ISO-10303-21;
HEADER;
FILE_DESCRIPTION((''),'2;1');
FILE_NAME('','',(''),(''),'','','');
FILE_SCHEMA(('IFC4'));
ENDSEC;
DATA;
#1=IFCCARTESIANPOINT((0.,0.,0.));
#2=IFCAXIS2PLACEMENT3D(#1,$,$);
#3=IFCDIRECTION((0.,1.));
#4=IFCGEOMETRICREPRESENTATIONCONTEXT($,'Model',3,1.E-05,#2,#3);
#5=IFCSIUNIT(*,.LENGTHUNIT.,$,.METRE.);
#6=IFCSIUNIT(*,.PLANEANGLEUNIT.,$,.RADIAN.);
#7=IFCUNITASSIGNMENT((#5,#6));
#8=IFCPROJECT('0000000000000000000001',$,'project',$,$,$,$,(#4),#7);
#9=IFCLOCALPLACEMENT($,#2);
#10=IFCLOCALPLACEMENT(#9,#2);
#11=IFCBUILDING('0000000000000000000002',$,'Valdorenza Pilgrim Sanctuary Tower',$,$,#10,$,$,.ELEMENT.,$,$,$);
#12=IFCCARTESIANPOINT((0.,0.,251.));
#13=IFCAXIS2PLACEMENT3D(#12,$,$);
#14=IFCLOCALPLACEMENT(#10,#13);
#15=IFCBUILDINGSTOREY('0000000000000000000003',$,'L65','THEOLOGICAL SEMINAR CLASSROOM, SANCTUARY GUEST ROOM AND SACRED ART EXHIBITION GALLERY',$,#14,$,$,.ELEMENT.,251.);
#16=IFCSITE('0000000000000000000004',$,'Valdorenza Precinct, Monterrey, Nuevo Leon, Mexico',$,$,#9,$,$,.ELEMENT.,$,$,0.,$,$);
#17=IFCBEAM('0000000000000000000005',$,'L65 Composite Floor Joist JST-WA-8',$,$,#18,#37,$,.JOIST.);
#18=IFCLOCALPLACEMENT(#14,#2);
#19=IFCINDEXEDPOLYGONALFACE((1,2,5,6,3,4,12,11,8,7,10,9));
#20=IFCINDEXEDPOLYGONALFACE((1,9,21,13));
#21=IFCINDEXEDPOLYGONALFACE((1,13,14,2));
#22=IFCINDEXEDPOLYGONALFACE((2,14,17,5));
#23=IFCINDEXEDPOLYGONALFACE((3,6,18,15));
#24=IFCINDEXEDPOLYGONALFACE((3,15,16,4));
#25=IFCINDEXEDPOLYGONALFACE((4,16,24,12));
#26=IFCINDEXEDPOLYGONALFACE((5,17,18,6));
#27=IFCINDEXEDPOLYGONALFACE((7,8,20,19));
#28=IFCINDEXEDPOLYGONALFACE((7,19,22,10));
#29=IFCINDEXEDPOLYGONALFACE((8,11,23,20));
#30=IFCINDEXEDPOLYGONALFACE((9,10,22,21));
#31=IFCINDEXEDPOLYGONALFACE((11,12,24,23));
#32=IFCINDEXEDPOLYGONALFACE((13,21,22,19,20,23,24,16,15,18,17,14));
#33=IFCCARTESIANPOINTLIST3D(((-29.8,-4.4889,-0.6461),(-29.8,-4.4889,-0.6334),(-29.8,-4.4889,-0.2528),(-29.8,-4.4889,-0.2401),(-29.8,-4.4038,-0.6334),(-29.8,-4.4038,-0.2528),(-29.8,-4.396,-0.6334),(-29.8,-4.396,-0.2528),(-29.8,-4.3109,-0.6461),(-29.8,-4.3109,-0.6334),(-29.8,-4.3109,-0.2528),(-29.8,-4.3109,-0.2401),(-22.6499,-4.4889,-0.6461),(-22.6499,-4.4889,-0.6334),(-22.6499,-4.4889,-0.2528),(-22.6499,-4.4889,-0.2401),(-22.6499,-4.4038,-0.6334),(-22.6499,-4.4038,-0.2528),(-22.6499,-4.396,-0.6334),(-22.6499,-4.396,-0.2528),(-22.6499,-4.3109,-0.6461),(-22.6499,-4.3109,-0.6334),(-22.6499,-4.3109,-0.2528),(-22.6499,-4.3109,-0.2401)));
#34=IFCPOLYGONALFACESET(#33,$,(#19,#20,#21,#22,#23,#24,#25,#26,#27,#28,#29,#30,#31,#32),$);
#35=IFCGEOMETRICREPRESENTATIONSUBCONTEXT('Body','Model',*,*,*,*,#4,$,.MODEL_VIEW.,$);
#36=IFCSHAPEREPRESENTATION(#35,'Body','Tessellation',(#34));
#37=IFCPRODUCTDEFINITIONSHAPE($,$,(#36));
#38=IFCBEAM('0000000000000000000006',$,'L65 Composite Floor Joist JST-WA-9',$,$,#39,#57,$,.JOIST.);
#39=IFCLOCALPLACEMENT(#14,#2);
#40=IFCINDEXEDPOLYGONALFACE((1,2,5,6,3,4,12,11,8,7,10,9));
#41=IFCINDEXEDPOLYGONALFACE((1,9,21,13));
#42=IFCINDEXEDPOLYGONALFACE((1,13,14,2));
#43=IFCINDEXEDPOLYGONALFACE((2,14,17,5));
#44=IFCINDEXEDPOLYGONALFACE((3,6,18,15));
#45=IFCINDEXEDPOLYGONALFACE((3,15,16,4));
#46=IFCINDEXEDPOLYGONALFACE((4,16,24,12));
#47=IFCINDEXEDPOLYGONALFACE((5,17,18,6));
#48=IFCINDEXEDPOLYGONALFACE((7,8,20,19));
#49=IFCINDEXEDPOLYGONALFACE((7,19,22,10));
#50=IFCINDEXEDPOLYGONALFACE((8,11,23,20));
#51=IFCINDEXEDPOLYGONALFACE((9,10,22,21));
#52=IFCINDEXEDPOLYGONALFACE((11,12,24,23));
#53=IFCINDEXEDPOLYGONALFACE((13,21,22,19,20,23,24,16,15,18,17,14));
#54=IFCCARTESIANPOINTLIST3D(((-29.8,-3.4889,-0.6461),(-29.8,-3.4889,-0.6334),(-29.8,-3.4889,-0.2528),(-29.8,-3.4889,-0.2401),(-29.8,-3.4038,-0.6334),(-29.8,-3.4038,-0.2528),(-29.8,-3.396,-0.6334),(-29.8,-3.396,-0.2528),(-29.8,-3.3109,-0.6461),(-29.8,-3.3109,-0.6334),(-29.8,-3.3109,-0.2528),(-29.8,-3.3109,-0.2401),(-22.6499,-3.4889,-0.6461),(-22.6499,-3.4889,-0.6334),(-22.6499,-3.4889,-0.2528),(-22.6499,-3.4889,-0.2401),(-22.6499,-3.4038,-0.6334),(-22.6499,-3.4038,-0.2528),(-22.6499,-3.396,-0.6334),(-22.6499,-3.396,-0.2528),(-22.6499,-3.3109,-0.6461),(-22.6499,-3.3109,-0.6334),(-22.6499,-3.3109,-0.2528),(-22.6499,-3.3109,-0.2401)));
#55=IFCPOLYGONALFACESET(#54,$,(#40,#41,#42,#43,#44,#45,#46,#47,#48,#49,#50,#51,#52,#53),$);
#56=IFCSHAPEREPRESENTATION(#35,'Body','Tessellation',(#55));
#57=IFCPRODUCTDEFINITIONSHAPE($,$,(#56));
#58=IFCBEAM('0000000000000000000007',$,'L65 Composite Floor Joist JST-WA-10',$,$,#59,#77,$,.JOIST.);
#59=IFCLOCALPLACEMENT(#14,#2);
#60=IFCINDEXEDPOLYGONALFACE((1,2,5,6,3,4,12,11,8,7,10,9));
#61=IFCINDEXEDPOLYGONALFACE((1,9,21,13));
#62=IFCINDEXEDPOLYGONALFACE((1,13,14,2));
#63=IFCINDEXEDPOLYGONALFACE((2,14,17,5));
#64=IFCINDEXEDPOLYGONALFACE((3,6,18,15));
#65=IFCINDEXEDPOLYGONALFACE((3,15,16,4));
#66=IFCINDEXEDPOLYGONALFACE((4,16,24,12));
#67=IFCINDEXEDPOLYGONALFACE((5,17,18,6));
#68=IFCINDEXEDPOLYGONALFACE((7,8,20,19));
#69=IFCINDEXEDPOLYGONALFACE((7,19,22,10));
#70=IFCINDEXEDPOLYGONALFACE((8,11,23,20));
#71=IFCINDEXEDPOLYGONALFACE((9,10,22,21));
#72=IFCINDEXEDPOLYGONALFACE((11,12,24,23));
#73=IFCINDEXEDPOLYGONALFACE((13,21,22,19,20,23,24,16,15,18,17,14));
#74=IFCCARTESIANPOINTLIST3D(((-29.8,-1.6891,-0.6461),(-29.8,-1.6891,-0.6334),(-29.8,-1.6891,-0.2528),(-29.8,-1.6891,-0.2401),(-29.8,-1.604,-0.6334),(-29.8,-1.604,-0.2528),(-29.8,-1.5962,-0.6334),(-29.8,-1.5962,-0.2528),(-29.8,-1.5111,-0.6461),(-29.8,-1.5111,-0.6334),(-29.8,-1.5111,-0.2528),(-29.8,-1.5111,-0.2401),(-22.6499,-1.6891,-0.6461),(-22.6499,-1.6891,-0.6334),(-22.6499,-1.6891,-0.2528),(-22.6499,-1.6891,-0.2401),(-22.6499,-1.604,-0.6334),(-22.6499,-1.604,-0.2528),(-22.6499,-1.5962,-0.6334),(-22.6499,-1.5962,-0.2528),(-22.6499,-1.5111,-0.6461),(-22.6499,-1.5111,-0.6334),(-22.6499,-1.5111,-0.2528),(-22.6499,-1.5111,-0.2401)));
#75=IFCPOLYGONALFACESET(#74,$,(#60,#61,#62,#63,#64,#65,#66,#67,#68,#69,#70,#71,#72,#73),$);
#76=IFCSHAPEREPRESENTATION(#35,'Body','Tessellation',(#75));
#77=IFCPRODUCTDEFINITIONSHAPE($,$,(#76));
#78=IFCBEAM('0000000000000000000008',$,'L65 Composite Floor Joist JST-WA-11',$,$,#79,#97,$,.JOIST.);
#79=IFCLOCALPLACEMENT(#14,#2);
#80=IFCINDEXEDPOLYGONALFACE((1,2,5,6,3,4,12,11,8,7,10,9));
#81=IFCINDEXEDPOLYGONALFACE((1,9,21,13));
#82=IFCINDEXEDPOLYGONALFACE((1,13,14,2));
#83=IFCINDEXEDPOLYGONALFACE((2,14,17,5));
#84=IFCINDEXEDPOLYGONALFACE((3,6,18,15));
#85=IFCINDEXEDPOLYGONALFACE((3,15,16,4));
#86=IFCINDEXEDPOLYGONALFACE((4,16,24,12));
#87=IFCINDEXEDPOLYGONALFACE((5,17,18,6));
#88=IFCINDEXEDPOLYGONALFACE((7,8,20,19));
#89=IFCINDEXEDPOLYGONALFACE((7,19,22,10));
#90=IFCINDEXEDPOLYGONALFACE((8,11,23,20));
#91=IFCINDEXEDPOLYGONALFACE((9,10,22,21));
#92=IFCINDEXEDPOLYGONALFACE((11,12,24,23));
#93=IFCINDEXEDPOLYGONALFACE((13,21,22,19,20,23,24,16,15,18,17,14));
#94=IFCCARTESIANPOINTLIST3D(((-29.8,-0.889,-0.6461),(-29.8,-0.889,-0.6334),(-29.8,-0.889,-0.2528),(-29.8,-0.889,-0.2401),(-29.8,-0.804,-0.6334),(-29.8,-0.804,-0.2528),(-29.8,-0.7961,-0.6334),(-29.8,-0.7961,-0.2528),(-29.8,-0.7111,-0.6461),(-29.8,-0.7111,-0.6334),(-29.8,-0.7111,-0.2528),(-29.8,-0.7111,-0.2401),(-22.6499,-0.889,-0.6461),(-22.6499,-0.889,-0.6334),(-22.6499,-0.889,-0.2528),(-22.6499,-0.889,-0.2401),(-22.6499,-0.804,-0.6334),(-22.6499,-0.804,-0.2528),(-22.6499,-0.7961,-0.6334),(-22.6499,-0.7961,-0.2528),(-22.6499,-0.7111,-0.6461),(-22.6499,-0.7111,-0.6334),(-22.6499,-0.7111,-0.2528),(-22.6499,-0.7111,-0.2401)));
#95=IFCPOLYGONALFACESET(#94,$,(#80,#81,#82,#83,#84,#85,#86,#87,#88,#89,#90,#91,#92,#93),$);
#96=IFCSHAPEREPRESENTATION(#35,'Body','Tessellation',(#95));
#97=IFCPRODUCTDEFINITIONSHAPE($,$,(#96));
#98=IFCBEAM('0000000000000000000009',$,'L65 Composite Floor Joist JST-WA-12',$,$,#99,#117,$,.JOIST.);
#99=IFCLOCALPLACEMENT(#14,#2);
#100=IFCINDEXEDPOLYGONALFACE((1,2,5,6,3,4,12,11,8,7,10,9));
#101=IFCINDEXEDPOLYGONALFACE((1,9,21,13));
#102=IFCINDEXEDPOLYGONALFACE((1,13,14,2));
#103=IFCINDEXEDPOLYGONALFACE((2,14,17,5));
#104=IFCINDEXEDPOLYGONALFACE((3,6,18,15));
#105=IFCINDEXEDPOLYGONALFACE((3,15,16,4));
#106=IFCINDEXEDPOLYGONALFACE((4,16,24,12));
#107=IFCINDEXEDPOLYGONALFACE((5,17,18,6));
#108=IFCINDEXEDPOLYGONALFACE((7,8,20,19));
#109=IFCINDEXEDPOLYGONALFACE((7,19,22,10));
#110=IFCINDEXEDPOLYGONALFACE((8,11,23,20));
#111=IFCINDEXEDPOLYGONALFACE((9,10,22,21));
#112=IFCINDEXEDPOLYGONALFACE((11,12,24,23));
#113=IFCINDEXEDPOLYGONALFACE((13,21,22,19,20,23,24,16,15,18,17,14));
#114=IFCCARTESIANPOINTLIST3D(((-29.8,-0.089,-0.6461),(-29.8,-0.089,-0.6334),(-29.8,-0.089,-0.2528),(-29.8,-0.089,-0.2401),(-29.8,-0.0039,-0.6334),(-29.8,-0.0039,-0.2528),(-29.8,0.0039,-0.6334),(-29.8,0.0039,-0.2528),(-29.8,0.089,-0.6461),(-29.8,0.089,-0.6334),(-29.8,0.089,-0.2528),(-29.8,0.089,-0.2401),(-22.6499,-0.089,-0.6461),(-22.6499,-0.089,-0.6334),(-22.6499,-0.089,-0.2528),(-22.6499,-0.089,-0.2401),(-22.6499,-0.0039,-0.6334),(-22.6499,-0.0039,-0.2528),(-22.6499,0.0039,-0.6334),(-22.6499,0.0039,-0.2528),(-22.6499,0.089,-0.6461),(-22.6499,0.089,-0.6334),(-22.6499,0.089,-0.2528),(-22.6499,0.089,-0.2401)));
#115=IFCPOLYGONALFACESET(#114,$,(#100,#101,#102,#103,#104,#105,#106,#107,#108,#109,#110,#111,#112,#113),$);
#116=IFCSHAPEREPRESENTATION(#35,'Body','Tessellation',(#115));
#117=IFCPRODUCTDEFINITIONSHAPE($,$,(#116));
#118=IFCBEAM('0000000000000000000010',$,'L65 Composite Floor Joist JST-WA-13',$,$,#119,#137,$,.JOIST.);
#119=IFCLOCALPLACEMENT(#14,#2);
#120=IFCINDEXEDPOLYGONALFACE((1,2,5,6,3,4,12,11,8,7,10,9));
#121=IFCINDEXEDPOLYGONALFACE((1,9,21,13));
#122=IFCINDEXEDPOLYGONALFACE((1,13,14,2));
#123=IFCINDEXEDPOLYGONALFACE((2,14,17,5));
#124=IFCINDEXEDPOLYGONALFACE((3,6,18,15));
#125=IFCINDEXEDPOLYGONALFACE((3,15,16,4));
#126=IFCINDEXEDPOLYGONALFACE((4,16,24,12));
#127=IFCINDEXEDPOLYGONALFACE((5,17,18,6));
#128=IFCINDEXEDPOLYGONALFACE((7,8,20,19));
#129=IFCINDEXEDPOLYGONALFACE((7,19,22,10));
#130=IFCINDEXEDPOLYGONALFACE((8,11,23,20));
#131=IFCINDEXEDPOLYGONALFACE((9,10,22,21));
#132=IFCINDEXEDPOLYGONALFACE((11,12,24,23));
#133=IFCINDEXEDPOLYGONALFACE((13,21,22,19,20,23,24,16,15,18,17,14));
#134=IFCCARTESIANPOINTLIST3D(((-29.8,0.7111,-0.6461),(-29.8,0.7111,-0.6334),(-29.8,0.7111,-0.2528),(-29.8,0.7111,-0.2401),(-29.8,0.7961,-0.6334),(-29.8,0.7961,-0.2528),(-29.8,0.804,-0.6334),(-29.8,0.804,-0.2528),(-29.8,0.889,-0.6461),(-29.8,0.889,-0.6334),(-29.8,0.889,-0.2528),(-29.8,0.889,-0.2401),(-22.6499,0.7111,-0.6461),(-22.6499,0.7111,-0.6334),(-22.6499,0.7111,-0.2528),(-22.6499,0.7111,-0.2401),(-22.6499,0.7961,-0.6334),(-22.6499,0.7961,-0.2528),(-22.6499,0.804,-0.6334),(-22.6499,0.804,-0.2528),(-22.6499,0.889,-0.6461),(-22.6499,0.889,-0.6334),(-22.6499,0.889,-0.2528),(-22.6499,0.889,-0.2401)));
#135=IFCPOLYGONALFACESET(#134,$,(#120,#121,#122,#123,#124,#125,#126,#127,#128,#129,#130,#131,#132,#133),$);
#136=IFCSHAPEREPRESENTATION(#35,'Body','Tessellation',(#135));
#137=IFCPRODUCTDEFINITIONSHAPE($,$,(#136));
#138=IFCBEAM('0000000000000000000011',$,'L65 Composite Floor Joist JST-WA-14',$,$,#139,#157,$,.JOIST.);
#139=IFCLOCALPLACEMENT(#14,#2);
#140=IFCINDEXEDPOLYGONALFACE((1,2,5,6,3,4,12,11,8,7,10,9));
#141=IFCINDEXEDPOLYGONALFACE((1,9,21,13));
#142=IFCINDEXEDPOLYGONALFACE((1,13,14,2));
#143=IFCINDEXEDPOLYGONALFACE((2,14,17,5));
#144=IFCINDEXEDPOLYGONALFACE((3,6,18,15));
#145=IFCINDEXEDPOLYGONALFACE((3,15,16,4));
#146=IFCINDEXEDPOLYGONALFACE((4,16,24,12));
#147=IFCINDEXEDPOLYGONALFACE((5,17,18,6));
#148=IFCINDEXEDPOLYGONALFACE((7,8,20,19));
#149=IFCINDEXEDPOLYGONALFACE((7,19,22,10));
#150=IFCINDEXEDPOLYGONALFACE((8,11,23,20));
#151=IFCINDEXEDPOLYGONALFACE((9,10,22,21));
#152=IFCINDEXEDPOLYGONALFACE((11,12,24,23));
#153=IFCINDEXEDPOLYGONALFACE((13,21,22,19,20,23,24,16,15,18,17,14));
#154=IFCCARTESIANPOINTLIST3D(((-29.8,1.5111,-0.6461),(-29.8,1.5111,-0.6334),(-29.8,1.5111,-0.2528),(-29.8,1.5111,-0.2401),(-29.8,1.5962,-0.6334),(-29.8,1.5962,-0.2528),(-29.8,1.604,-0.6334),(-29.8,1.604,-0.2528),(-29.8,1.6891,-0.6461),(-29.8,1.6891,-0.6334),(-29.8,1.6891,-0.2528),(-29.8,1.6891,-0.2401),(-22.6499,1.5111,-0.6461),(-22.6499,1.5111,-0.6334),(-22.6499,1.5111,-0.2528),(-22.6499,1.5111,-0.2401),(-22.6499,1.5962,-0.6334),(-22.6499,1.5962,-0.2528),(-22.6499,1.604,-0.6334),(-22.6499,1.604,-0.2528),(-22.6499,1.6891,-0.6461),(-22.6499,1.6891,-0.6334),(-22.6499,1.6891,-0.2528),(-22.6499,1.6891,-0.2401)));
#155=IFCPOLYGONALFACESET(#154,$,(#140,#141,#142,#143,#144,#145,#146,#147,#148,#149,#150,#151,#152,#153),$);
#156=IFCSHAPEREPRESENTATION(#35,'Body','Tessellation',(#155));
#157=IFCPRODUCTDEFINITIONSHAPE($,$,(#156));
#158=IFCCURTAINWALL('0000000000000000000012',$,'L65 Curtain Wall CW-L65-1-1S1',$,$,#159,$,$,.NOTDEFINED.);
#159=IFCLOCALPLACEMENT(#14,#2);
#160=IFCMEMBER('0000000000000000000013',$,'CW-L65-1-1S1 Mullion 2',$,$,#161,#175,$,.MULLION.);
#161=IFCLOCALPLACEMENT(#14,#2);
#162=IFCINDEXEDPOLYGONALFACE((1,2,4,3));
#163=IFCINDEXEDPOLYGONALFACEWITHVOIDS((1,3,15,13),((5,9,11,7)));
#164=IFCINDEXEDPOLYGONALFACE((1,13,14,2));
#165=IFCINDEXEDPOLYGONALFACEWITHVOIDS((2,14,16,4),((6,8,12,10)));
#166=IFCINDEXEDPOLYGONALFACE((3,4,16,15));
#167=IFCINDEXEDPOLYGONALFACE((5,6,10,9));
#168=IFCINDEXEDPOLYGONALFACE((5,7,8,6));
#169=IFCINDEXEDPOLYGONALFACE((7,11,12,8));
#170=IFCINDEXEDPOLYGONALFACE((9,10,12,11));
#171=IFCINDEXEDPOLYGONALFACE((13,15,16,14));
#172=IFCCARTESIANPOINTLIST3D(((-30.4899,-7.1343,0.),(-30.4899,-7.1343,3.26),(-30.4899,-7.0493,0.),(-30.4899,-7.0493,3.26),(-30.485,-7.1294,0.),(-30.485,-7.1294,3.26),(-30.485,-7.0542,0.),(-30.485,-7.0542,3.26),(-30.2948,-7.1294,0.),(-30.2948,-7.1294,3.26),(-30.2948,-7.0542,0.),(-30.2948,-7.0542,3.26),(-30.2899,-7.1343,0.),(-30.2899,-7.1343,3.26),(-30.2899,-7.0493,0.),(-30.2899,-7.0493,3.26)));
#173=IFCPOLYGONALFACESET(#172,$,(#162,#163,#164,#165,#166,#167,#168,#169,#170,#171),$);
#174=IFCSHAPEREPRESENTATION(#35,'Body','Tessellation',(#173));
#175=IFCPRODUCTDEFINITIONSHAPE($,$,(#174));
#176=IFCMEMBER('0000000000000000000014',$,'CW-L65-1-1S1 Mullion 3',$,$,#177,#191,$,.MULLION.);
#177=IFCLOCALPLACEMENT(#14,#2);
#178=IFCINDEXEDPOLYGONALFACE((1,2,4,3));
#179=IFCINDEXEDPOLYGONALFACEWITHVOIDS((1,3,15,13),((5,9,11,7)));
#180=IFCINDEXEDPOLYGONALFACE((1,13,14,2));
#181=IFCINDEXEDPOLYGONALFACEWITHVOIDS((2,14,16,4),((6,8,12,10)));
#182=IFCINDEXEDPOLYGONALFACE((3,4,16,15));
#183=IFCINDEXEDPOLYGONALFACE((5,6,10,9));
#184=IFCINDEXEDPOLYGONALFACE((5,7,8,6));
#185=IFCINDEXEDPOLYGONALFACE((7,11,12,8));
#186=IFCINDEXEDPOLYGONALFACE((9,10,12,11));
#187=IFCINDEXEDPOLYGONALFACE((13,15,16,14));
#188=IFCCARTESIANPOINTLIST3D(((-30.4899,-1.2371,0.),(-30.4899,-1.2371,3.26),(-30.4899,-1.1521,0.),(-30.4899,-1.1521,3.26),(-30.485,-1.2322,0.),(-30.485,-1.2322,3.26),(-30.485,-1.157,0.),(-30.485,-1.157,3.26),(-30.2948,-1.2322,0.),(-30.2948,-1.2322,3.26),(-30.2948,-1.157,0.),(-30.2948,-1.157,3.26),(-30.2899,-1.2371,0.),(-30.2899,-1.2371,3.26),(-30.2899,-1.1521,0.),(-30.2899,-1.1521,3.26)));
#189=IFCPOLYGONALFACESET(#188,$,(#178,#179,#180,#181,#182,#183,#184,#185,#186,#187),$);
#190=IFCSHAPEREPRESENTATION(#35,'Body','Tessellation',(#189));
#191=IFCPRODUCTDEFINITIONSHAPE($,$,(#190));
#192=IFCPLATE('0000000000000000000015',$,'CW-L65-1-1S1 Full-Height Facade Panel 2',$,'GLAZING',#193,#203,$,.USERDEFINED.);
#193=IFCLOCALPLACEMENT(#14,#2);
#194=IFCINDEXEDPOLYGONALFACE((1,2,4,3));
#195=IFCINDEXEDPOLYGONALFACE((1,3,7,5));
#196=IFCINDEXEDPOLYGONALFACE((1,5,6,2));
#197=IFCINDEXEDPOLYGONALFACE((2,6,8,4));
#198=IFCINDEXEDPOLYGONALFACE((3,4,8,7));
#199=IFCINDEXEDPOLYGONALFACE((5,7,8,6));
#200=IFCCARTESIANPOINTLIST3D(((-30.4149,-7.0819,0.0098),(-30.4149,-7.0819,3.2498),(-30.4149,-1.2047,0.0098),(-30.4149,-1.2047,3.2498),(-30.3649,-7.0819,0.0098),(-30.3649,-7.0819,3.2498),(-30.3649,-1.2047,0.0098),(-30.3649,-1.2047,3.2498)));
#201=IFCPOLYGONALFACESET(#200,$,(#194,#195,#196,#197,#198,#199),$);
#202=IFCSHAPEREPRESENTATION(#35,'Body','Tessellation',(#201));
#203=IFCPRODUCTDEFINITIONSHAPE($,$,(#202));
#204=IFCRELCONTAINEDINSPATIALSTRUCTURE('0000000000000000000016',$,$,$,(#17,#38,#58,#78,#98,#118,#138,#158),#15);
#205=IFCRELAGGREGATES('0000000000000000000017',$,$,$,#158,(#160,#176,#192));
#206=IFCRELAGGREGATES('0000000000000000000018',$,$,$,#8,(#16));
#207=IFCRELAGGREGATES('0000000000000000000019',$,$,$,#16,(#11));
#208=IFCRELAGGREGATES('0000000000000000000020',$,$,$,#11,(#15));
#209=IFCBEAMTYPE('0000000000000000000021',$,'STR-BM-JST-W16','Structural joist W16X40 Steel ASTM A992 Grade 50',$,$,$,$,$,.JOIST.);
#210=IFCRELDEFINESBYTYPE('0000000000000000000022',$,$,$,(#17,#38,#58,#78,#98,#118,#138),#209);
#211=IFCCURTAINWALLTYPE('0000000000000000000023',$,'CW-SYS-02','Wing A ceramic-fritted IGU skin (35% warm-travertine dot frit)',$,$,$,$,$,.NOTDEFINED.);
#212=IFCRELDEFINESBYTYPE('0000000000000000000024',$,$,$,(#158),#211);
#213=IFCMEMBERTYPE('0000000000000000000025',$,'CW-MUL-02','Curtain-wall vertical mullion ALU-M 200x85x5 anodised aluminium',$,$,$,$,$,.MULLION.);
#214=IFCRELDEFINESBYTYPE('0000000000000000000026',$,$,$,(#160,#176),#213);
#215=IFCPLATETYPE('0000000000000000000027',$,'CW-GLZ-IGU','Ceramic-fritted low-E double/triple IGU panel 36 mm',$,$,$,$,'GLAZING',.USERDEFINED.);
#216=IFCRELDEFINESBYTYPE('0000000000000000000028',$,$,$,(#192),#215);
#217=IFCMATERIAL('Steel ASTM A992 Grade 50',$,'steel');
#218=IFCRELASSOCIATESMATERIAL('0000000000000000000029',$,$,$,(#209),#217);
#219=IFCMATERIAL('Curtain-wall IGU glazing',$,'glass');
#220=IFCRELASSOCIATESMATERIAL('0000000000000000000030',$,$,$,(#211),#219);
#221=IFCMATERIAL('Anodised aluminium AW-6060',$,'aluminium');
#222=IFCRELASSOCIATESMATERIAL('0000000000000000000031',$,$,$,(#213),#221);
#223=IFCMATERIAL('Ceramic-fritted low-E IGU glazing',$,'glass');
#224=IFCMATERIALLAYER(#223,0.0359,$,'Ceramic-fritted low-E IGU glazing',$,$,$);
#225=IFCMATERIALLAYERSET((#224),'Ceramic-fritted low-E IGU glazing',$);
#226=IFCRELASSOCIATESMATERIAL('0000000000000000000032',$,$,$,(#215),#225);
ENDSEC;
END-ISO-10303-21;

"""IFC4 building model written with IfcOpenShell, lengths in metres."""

from ifc_helpers import new_model, si_unit, direction, frame, origin, origin_2d, place, context, subcontext, project, spatial, rectangle, hollow_rectangle, i_section, extrude, source, transform, mapped, material, layer, layer_set, material_profile, profile_set, type_object, element, aggregate, save


model = new_model("IFC4")

# Units and contexts
model_context = context("Model", 3, precision=1e-05, world=origin(), true_north=direction((0.0, 1.0)))
body_context = subcontext(model_context, "Body", "Model", "MODEL_VIEW")
ifc_project = project(units=[si_unit("LENGTHUNIT", "METRE"), si_unit("PLANEANGLEUNIT", "RADIAN")], contexts=[model_context])

# Site, building, storey
site_placement = place(None, origin())
site = spatial("IfcSite", under=ifc_project, at=site_placement, Name="Valdorenza Precinct, Monterrey, Nuevo Leon, Mexico", CompositionType="ELEMENT", RefElevation=0.0)
building_placement = place(site_placement, origin())
building = spatial("IfcBuilding", under=site, at=building_placement, Name="Valdorenza Pilgrim Sanctuary Tower", CompositionType="ELEMENT")
storey_placement = place(building_placement, frame((0.0, 0.0, 251.0)))
storey = spatial("IfcBuildingStorey", under=building, at=storey_placement, Name="L65", Description="THEOLOGICAL SEMINAR CLASSROOM, SANCTUARY GUEST ROOM AND SACRED ART EXHIBITION GALLERY", CompositionType="ELEMENT", Elevation=251.0)

# Beams
ifc_material_1 = material(Name="Steel ASTM A992 Grade 50", Category="steel")
ifc_material_profile_1 = material_profile(ifc_material_1, i_section(OverallWidth=0.178, OverallDepth=0.406, WebThickness=0.0078, FlangeThickness=0.0127, at=origin_2d()), Name="W16X40")
ifc_profile_set_1 = profile_set([ifc_material_profile_1], Name="Steel ASTM A992 Grade 50")
beam_type_1 = type_object("IfcBeamType", Name="STR-BM-JST-W16", Description="Structural joist W16X40 Steel ASTM A992 Grade 50", PredefinedType="JOIST", material=ifc_profile_set_1)
shared_shape_1 = source(origin(), body_context, "Body", "SweptSolid", [
    extrude(i_section(OverallWidth=0.178, OverallDepth=0.406, WebThickness=0.0078, FlangeThickness=0.0127, at=origin_2d()), origin(), (0.0, 0.0, 1.0), 7.1501),
])
for number, where, z_axis, x_axis, name in (
    (1, (-29.8, -4.3999, -0.4431), (1.0, 0.0, 0.0), (0.0, 1.0, 0.0), "L65 Composite Floor Joist JST-WA-8"),
    (2, (-29.8, -3.3999, -0.4431), (1.0, 0.0, 0.0), (0.0, 1.0, 0.0), "L65 Composite Floor Joist JST-WA-9"),
    (3, (-29.8, -1.6001, -0.4431), (1.0, 0.0, 0.0), (0.0, 1.0, 0.0), "L65 Composite Floor Joist JST-WA-10"),
    (4, (-29.8, -0.8, -0.4431), (1.0, 0.0, 0.0), (0.0, 1.0, 0.0), "L65 Composite Floor Joist JST-WA-11"),
    (5, (-29.8, 0.0, -0.4431), (1.0, 0.0, 0.0), (0.0, 1.0, 0.0), "L65 Composite Floor Joist JST-WA-12"),
    (6, (-29.8, 0.8, -0.4431), (1.0, 0.0, 0.0), (0.0, 1.0, 0.0), "L65 Composite Floor Joist JST-WA-13"),
    (7, (-29.8, 1.6001, -0.4431), (1.0, 0.0, 0.0), (0.0, 1.0, 0.0), "L65 Composite Floor Joist JST-WA-14"),
):
    element("IfcBeam", number, at=place(storey_placement, frame(where, z_axis=z_axis, x_axis=x_axis)), inside=storey, type_object=beam_type_1, Name=name, PredefinedType="JOIST", context=body_context, shape_type="MappedRepresentation", body=[
        mapped(shared_shape_1, transform((0.0, 0.0, 0.0), x_axis=(1.0, 0.0, 0.0), y_axis=(0.0, 1.0, 0.0), z_axis=(0.0, 0.0, 1.0), scale=1.0)),
    ])

# Curtain wall, members, plate
ifc_material_2 = material(Name="Curtain-wall IGU glazing", Category="glass")
curtain_wall_type = type_object("IfcCurtainWallType", Name="CW-SYS-02", Description="Wing A ceramic-fritted IGU skin (35% warm-travertine dot frit)", PredefinedType="NOTDEFINED", material=ifc_material_2)
curtain_wall_placement = place(storey_placement, origin())
curtain_wall = element("IfcCurtainWall", 8, at=curtain_wall_placement, inside=storey, type_object=curtain_wall_type, Name="L65 Curtain Wall CW-L65-1-1S1", PredefinedType="NOTDEFINED")
ifc_material_3 = material(Name="Anodised aluminium AW-6060", Category="aluminium")
ifc_material_profile_2 = material_profile(ifc_material_3, hollow_rectangle(XDim=0.085, YDim=0.2, WallThickness=0.0049, at=origin_2d()), Name="ALU-M 200x85x5")
ifc_profile_set_2 = profile_set([ifc_material_profile_2], Name="Anodised aluminium AW-6060")
member_type = type_object("IfcMemberType", Name="CW-MUL-02", Description="Curtain-wall vertical mullion ALU-M 200x85x5 anodised aluminium", PredefinedType="MULLION", material=ifc_profile_set_2)
shared_shape_2 = source(origin(), body_context, "Body", "SweptSolid", [
    extrude(hollow_rectangle(XDim=0.085, YDim=0.2, WallThickness=0.0049, at=origin_2d()), origin(), (0.0, 0.0, 1.0), 3.26),
])
member_1_placement = place(storey_placement, frame((-30.3899, -7.0918, 0.0), z_axis=(0.0, 0.0, 1.0), x_axis=(0.0, 1.0, 0.0)))
member_1 = element("IfcMember", 9, at=member_1_placement, type_object=member_type, Name="CW-L65-1-1S1 Mullion 2", PredefinedType="MULLION", context=body_context, shape_type="MappedRepresentation", body=[
    mapped(shared_shape_2, transform((0.0, 0.0, 0.0), x_axis=(1.0, 0.0, 0.0), y_axis=(0.0, 1.0, 0.0), z_axis=(0.0, 0.0, 1.0), scale=1.0)),
])
member_2_placement = place(storey_placement, frame((-30.3899, -1.1946, 0.0), z_axis=(0.0, 0.0, 1.0), x_axis=(0.0, 1.0, 0.0)))
member_2 = element("IfcMember", 10, at=member_2_placement, type_object=member_type, Name="CW-L65-1-1S1 Mullion 3", PredefinedType="MULLION", context=body_context, shape_type="MappedRepresentation", body=[
    mapped(shared_shape_2, transform((0.0, 0.0, 0.0), x_axis=(1.0, 0.0, 0.0), y_axis=(0.0, 1.0, 0.0), z_axis=(0.0, 0.0, 1.0), scale=1.0)),
])
ifc_material_4 = material(Name="Ceramic-fritted low-E IGU glazing", Category="glass")
ifc_layer_1 = layer(ifc_material_4, 0.0359, Name="Ceramic-fritted low-E IGU glazing")
ifc_layer_set_1 = layer_set([ifc_layer_1], Name="Ceramic-fritted low-E IGU glazing")
plate_type = type_object("IfcPlateType", Name="CW-GLZ-IGU", Description="Ceramic-fritted low-E double/triple IGU panel 36 mm", ElementType="GLAZING", PredefinedType="USERDEFINED", material=ifc_layer_set_1)
shared_shape_3 = source(origin(), body_context, "Body", "SweptSolid", [
    extrude(rectangle(XDim=5.8772, YDim=0.05, at=origin_2d()), origin(), (0.0, 0.0, 1.0), 3.24),
])
plate_placement = place(storey_placement, frame((-30.3899, -4.1433, 0.0098), z_axis=(0.0, 0.0, 1.0), x_axis=(0.0, 1.0, 0.0)))
plate = element("IfcPlate", 11, at=plate_placement, type_object=plate_type, Name="CW-L65-1-1S1 Full-Height Facade Panel 2", ObjectType="GLAZING", PredefinedType="USERDEFINED", context=body_context, shape_type="MappedRepresentation", body=[
    mapped(shared_shape_3, transform((0.0, 0.0, 0.0), x_axis=(1.0, 0.0, 0.0), y_axis=(0.0, 1.0, 0.0), z_axis=(0.0, 0.0, 1.0), scale=1.0)),
])
aggregate(curtain_wall, [member_1, member_2, plate])

save(model, "model.ifc")
